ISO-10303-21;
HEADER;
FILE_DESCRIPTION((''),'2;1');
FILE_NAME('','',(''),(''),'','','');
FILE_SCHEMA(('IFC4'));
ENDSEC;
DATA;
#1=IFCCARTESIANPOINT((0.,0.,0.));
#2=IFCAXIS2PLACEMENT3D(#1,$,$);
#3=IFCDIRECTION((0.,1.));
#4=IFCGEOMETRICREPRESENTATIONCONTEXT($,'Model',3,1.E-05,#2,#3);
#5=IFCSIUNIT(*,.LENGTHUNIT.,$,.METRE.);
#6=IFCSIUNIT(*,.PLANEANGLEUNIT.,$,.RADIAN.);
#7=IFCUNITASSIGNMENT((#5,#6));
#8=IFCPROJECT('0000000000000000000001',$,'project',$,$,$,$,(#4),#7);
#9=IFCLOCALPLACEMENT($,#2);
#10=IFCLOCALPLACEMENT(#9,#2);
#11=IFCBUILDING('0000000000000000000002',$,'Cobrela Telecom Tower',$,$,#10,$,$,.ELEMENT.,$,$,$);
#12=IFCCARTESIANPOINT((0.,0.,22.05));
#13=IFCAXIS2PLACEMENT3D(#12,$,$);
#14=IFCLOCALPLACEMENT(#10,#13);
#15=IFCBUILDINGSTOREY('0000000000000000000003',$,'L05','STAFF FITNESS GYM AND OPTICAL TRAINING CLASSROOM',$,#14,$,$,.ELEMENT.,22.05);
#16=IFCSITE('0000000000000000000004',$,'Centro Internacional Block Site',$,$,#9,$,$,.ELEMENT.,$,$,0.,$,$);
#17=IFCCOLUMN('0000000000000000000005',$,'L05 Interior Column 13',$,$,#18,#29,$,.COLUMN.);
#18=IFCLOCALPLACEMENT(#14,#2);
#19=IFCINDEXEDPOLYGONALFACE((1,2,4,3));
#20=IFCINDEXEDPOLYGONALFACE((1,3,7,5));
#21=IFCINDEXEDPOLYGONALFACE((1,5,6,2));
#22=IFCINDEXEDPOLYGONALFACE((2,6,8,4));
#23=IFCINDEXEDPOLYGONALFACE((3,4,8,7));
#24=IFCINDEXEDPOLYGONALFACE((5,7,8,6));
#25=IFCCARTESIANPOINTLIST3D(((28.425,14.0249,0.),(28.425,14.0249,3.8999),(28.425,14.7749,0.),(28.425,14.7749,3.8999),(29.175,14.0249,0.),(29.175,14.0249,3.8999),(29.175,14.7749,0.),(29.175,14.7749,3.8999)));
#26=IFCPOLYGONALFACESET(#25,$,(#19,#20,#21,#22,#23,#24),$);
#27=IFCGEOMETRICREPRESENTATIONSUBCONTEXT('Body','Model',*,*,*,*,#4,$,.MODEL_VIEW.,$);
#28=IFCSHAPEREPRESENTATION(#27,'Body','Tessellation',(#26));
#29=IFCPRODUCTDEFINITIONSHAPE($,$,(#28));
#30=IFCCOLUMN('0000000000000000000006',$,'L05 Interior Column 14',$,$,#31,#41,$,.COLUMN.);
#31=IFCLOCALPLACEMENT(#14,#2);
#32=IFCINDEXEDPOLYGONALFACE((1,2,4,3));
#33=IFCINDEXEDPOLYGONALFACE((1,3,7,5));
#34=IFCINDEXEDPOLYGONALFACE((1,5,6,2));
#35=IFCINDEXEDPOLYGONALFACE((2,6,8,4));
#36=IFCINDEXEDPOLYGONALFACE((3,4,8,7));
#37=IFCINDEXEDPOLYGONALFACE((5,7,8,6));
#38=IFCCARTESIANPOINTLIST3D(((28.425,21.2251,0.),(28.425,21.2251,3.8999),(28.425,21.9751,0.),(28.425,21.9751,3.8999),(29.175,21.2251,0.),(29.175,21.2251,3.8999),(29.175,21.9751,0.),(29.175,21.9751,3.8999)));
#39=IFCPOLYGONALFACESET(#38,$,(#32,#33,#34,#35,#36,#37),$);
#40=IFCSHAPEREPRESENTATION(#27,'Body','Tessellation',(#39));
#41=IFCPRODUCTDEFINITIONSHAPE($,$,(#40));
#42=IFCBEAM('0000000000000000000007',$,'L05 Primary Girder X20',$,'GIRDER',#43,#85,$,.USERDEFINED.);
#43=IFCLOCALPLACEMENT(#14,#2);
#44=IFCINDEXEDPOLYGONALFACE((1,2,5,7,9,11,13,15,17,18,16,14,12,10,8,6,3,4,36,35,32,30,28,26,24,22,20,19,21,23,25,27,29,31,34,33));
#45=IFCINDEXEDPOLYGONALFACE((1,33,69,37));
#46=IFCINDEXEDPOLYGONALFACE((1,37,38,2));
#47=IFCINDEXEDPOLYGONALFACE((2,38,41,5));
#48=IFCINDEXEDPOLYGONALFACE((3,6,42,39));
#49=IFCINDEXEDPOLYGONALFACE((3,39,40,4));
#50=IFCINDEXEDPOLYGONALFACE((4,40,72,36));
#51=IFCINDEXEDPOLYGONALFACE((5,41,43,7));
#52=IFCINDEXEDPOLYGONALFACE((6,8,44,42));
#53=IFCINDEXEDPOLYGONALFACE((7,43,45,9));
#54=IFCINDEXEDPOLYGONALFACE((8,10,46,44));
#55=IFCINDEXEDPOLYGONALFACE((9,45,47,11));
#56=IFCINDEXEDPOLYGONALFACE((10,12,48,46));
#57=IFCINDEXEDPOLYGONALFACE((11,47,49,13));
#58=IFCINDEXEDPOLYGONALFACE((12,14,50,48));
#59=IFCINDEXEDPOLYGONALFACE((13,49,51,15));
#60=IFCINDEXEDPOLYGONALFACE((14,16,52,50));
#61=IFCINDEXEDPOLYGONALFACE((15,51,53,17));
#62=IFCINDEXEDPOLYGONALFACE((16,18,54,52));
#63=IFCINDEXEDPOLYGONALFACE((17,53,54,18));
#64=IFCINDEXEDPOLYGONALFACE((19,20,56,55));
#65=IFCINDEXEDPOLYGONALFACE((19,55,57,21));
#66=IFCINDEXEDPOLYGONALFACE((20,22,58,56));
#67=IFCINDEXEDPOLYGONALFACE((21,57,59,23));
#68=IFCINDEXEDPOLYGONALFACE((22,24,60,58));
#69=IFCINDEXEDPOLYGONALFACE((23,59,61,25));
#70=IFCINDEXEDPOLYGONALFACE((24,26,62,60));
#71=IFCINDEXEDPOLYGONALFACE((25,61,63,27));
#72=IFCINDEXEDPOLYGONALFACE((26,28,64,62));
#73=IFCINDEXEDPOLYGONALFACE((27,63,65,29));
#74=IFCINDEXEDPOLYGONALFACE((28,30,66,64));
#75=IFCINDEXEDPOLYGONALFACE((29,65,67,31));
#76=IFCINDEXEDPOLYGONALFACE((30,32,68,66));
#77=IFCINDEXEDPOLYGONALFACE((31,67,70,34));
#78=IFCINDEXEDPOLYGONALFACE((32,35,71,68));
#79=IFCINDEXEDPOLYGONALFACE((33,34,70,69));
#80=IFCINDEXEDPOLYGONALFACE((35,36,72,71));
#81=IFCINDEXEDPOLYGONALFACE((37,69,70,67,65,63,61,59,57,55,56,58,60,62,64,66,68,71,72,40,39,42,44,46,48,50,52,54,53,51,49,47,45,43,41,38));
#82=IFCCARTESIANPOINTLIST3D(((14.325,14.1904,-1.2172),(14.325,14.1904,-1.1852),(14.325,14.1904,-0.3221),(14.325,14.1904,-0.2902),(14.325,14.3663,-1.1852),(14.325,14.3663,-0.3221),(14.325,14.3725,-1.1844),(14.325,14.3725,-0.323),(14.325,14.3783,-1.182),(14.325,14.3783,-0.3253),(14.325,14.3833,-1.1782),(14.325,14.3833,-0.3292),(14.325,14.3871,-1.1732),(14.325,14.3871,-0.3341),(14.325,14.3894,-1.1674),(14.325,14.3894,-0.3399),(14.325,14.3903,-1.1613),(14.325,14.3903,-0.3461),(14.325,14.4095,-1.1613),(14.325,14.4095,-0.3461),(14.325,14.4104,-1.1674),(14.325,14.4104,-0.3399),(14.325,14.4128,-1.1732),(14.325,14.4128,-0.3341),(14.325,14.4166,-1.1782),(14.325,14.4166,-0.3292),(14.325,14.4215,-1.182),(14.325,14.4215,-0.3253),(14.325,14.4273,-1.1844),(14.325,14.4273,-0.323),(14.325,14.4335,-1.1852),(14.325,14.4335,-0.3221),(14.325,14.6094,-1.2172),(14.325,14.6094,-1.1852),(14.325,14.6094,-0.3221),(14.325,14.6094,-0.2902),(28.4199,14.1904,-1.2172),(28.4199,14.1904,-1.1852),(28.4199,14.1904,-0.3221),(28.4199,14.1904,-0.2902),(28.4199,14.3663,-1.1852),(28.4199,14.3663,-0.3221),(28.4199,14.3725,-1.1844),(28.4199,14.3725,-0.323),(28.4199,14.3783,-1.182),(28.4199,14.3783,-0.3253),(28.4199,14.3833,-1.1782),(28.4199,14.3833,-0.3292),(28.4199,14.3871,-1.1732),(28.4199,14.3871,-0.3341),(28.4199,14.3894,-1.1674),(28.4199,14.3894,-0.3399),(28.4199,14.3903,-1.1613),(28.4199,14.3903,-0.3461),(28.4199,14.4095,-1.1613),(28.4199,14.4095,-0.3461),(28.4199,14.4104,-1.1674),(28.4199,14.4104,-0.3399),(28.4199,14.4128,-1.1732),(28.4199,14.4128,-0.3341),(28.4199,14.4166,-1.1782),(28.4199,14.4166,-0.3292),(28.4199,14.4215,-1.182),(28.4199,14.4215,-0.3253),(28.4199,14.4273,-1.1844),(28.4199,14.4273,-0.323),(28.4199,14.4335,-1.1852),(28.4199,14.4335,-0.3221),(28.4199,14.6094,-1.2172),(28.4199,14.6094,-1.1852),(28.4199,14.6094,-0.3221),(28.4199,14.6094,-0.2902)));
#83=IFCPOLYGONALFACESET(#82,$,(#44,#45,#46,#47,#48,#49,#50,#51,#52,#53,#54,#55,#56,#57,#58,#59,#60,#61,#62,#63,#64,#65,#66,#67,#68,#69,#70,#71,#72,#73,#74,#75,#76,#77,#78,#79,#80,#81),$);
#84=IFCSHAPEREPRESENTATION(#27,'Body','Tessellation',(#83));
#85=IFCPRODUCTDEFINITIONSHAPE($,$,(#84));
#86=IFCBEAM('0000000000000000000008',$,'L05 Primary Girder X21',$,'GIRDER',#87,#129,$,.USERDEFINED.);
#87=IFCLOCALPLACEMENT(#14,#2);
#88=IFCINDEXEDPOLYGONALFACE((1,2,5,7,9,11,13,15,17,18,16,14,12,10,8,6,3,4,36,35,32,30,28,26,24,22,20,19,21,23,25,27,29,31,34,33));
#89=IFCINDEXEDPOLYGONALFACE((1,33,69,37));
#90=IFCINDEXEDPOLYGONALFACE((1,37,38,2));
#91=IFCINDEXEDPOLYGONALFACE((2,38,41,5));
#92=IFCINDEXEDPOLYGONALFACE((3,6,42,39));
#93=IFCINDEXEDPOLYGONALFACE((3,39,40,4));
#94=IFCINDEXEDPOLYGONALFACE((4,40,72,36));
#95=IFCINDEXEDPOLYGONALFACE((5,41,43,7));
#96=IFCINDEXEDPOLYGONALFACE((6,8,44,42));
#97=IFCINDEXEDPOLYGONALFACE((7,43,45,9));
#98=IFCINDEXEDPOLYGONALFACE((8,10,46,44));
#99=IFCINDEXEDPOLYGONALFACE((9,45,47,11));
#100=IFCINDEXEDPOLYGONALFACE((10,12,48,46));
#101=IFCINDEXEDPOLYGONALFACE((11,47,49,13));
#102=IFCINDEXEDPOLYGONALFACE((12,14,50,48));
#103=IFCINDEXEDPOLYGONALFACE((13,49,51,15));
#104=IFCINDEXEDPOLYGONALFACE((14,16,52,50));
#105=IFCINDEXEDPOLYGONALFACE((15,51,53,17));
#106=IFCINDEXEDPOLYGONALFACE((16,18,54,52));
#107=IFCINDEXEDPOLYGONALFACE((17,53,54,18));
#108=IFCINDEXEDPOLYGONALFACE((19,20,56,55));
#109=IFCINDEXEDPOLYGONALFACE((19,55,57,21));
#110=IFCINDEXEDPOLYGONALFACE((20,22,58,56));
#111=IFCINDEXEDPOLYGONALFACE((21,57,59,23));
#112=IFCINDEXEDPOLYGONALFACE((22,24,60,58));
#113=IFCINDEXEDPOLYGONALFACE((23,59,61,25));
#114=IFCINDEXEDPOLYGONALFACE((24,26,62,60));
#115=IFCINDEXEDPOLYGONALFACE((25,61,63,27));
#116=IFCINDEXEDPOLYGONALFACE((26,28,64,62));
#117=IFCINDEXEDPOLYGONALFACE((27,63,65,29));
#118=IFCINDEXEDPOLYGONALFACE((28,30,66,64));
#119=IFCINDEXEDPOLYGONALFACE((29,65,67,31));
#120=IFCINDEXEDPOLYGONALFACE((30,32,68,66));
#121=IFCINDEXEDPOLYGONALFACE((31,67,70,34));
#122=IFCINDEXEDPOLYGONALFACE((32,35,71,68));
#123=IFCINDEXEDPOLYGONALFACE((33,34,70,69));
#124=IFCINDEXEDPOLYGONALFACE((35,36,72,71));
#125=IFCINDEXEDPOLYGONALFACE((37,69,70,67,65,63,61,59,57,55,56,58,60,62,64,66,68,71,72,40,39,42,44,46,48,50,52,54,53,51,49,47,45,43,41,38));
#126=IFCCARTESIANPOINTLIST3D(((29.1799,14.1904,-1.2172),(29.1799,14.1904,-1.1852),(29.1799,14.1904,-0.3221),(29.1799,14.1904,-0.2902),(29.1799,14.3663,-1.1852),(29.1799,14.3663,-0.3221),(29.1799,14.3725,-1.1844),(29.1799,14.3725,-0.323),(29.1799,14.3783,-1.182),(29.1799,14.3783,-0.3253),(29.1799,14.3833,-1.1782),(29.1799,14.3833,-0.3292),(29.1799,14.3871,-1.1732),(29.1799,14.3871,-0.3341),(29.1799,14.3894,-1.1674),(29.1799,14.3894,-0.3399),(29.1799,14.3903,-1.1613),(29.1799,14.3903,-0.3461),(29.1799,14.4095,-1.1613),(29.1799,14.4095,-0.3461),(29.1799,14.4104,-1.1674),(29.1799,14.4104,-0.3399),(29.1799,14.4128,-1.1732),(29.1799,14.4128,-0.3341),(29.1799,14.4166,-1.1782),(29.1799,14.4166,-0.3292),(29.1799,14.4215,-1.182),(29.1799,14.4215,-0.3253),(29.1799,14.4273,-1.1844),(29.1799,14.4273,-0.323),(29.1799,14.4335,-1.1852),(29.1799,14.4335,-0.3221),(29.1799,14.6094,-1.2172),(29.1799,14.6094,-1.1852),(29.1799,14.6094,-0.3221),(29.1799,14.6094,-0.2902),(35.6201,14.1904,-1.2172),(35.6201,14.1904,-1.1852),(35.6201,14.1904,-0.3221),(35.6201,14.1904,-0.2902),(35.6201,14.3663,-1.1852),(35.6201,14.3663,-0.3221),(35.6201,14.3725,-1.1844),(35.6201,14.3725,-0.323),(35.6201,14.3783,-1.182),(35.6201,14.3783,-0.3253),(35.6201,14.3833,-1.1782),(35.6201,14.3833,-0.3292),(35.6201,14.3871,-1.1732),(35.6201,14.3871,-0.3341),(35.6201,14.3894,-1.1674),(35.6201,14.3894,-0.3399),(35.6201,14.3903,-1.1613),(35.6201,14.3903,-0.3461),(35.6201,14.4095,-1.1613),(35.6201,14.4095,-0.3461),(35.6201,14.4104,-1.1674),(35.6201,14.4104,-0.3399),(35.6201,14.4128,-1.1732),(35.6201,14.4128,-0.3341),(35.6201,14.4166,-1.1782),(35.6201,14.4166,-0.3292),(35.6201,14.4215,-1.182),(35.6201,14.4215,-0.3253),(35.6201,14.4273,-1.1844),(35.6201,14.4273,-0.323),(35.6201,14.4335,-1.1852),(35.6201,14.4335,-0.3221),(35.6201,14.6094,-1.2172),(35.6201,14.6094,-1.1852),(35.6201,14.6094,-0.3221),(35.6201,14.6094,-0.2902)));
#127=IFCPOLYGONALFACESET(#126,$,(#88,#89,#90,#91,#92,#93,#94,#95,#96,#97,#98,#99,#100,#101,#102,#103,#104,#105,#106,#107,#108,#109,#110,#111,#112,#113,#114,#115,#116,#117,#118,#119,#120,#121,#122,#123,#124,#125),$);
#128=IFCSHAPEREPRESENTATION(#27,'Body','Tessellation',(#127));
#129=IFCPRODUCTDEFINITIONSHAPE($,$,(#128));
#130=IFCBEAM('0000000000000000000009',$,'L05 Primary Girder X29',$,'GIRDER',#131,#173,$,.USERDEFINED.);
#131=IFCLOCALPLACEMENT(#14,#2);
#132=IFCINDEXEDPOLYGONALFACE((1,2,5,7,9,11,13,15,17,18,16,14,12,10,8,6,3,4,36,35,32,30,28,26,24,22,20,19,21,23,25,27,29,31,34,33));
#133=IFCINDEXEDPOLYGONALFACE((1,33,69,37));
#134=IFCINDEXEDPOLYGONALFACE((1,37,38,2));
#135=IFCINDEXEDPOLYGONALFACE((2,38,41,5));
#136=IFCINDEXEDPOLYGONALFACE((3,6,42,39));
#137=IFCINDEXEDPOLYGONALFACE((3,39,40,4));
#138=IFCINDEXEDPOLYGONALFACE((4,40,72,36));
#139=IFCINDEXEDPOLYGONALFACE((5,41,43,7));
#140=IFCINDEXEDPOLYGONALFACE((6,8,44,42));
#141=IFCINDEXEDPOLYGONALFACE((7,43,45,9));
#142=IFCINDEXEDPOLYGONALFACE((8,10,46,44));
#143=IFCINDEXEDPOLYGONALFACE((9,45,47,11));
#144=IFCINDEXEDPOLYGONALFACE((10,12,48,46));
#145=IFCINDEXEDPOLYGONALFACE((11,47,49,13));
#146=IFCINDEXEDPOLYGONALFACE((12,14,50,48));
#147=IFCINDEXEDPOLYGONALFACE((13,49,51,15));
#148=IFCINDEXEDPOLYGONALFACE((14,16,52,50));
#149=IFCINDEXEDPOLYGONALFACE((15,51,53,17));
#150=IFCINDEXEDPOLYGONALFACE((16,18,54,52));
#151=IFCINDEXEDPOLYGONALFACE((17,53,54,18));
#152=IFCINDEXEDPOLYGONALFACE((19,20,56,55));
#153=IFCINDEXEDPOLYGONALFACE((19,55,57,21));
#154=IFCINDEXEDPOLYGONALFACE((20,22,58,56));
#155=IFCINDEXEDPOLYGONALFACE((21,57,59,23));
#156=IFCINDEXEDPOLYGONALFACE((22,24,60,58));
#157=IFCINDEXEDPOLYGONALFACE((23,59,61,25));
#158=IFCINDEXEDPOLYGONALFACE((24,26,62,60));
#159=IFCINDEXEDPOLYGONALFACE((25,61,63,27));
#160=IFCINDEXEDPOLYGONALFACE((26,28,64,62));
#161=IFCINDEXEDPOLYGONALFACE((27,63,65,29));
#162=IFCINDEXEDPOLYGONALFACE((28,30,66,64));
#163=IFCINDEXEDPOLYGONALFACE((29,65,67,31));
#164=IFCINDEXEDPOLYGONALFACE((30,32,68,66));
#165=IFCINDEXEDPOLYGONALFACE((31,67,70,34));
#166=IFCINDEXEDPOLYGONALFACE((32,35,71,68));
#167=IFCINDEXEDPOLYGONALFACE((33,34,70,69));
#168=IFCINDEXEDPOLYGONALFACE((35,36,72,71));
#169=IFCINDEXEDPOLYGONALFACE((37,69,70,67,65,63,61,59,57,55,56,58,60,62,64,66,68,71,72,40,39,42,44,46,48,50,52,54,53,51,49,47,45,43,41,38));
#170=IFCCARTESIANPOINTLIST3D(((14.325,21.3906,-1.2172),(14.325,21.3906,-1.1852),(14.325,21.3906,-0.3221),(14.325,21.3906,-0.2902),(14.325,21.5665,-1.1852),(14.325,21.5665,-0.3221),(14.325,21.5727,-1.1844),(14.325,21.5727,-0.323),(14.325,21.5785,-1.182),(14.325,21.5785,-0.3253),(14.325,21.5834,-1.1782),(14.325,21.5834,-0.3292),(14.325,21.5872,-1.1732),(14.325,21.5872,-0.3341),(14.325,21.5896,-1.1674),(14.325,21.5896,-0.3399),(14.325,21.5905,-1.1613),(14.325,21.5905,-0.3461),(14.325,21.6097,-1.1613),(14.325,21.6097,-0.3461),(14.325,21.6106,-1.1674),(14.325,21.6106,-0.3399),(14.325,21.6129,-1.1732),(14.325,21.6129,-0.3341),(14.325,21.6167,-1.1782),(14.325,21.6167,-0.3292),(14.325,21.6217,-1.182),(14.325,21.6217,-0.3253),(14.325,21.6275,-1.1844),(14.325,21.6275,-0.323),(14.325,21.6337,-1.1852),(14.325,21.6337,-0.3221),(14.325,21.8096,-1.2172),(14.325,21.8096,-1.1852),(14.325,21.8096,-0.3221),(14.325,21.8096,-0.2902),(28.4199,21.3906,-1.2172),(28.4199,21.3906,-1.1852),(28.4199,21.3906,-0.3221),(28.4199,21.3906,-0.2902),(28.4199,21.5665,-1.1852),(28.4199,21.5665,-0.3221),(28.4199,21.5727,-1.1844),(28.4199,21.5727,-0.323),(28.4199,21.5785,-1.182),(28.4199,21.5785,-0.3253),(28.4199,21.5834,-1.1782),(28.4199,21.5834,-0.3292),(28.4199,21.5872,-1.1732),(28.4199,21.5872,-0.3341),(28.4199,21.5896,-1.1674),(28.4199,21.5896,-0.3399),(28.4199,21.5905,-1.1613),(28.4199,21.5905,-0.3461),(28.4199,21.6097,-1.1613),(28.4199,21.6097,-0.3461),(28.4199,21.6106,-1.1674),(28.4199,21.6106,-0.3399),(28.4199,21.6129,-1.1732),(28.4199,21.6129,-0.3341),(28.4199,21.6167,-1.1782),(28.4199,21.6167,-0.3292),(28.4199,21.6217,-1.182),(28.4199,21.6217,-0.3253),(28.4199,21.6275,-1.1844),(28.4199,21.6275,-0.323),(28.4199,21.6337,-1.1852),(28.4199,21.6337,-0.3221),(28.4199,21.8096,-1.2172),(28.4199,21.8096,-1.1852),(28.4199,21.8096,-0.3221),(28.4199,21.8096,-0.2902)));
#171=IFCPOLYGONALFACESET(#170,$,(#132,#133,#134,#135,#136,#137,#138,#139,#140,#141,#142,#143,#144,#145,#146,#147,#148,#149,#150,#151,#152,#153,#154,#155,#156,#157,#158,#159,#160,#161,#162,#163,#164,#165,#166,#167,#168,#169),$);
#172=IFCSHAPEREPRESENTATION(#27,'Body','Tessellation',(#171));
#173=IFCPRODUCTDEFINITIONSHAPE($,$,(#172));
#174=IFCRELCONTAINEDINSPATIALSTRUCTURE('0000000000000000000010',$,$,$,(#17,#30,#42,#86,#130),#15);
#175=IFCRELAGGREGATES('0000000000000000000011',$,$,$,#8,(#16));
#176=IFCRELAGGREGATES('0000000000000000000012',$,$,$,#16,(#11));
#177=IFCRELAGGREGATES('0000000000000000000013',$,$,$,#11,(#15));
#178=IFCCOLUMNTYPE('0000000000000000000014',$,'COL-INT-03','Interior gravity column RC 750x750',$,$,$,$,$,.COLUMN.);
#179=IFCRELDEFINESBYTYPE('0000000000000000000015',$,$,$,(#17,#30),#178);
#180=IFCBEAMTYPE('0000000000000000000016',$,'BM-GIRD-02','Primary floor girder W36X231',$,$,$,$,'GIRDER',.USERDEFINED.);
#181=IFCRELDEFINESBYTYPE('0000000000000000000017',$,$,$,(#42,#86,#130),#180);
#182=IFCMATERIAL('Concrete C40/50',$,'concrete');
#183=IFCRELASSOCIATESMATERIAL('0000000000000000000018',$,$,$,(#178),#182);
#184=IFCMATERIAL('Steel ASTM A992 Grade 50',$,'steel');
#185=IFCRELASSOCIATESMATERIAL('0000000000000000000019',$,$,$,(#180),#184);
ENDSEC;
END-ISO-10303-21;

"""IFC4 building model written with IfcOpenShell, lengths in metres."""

from ifc_helpers import new_model, si_unit, direction, frame, origin, origin_2d, place, context, subcontext, project, spatial, rectangle, i_section, extrude, material, material_profile, profile_set, type_object, element, save


model = new_model("IFC4")

# Units and contexts
model_context = context("Model", 3, precision=1e-05, world=origin(), true_north=direction((0.0, 1.0)))
body_context = subcontext(model_context, "Body", "Model", "MODEL_VIEW")
ifc_project = project(units=[si_unit("LENGTHUNIT", "METRE"), si_unit("PLANEANGLEUNIT", "RADIAN")], contexts=[model_context])

# Site, building, storey
site_placement = place(None, origin())
site = spatial("IfcSite", under=ifc_project, at=site_placement, Name="Centro Internacional Block Site", CompositionType="ELEMENT", RefElevation=0.0)
building_placement = place(site_placement, origin())
building = spatial("IfcBuilding", under=site, at=building_placement, Name="Cobrela Telecom Tower", CompositionType="ELEMENT")
storey_placement = place(building_placement, frame((0.0, 0.0, 22.05)))
storey = spatial("IfcBuildingStorey", under=building, at=storey_placement, Name="L05", Description="STAFF FITNESS GYM AND OPTICAL TRAINING CLASSROOM", CompositionType="ELEMENT", Elevation=22.05)

# Columns
ifc_material_1 = material(Name="Concrete C40/50", Category="concrete")
ifc_material_profile_1 = material_profile(ifc_material_1, rectangle(XDim=0.75, YDim=0.75, at=origin_2d()), Name="RC 750x750")
ifc_profile_set_1 = profile_set([ifc_material_profile_1], Name="Concrete C40/50")
column_type = type_object("IfcColumnType", Name="COL-INT-03", Description="Interior gravity column RC 750x750", PredefinedType="COLUMN", material=ifc_profile_set_1)
for number, where, z_axis, x_axis, name in (
    (1, (28.8, 14.3999, 0.0), (0.0, 0.0, 1.0), (1.0, 0.0, 0.0), "L05 Interior Column 13"),
    (2, (28.8, 21.6001, 0.0), (0.0, 0.0, 1.0), (1.0, 0.0, 0.0), "L05 Interior Column 14"),
):
    element("IfcColumn", number, at=place(storey_placement, frame(where, z_axis=z_axis, x_axis=x_axis)), inside=storey, type_object=column_type, Name=name, PredefinedType="COLUMN", context=body_context, shape_type="SweptSolid", body=[
        extrude(rectangle(XDim=0.75, YDim=0.75, at=origin_2d()), origin(), (0.0, 0.0, 1.0), 3.8999),
    ])

# Beams
ifc_material_2 = material(Name="Steel ASTM A992 Grade 50", Category="steel")
ifc_material_profile_2 = material_profile(ifc_material_2, i_section(OverallWidth=0.4189, OverallDepth=0.927, WebThickness=0.0193, FlangeThickness=0.032, FilletRadius=0.0239, at=origin_2d()), Name="W36X231")
ifc_profile_set_2 = profile_set([ifc_material_profile_2], Name="Steel ASTM A992 Grade 50")
beam_type_1 = type_object("IfcBeamType", Name="BM-GIRD-02", Description="Primary floor girder W36X231", ElementType="GIRDER", PredefinedType="USERDEFINED", material=ifc_profile_set_2)
beam_1_placement = place(storey_placement, frame((14.325, 14.3999, -0.7537), z_axis=(1.0, 0.0, 0.0), x_axis=(0.0, 1.0, 0.0)))
element("IfcBeam", 3, at=beam_1_placement, inside=storey, type_object=beam_type_1, Name="L05 Primary Girder X20", ObjectType="GIRDER", PredefinedType="USERDEFINED", context=body_context, shape_type="SweptSolid", body=[
    extrude(i_section(OverallWidth=0.4189, OverallDepth=0.927, WebThickness=0.0193, FlangeThickness=0.032, FilletRadius=0.0239, at=origin_2d()), origin(), (0.0, 0.0, 1.0), 14.095),
])
beam_2_placement = place(storey_placement, frame((29.1799, 14.3999, -0.7537), z_axis=(1.0, 0.0, 0.0), x_axis=(0.0, 1.0, 0.0)))
element("IfcBeam", 4, at=beam_2_placement, inside=storey, type_object=beam_type_1, Name="L05 Primary Girder X21", ObjectType="GIRDER", PredefinedType="USERDEFINED", context=body_context, shape_type="SweptSolid", body=[
    extrude(i_section(OverallWidth=0.4189, OverallDepth=0.927, WebThickness=0.0193, FlangeThickness=0.032, FilletRadius=0.0239, at=origin_2d()), origin(), (0.0, 0.0, 1.0), 6.4402),
])
beam_3_placement = place(storey_placement, frame((14.325, 21.6001, -0.7537), z_axis=(1.0, 0.0, 0.0), x_axis=(0.0, 1.0, 0.0)))
element("IfcBeam", 5, at=beam_3_placement, inside=storey, type_object=beam_type_1, Name="L05 Primary Girder X29", ObjectType="GIRDER", PredefinedType="USERDEFINED", context=body_context, shape_type="SweptSolid", body=[
    extrude(i_section(OverallWidth=0.4189, OverallDepth=0.927, WebThickness=0.0193, FlangeThickness=0.032, FilletRadius=0.0239, at=origin_2d()), origin(), (0.0, 0.0, 1.0), 14.095),
])

save(model, "model.ifc")
